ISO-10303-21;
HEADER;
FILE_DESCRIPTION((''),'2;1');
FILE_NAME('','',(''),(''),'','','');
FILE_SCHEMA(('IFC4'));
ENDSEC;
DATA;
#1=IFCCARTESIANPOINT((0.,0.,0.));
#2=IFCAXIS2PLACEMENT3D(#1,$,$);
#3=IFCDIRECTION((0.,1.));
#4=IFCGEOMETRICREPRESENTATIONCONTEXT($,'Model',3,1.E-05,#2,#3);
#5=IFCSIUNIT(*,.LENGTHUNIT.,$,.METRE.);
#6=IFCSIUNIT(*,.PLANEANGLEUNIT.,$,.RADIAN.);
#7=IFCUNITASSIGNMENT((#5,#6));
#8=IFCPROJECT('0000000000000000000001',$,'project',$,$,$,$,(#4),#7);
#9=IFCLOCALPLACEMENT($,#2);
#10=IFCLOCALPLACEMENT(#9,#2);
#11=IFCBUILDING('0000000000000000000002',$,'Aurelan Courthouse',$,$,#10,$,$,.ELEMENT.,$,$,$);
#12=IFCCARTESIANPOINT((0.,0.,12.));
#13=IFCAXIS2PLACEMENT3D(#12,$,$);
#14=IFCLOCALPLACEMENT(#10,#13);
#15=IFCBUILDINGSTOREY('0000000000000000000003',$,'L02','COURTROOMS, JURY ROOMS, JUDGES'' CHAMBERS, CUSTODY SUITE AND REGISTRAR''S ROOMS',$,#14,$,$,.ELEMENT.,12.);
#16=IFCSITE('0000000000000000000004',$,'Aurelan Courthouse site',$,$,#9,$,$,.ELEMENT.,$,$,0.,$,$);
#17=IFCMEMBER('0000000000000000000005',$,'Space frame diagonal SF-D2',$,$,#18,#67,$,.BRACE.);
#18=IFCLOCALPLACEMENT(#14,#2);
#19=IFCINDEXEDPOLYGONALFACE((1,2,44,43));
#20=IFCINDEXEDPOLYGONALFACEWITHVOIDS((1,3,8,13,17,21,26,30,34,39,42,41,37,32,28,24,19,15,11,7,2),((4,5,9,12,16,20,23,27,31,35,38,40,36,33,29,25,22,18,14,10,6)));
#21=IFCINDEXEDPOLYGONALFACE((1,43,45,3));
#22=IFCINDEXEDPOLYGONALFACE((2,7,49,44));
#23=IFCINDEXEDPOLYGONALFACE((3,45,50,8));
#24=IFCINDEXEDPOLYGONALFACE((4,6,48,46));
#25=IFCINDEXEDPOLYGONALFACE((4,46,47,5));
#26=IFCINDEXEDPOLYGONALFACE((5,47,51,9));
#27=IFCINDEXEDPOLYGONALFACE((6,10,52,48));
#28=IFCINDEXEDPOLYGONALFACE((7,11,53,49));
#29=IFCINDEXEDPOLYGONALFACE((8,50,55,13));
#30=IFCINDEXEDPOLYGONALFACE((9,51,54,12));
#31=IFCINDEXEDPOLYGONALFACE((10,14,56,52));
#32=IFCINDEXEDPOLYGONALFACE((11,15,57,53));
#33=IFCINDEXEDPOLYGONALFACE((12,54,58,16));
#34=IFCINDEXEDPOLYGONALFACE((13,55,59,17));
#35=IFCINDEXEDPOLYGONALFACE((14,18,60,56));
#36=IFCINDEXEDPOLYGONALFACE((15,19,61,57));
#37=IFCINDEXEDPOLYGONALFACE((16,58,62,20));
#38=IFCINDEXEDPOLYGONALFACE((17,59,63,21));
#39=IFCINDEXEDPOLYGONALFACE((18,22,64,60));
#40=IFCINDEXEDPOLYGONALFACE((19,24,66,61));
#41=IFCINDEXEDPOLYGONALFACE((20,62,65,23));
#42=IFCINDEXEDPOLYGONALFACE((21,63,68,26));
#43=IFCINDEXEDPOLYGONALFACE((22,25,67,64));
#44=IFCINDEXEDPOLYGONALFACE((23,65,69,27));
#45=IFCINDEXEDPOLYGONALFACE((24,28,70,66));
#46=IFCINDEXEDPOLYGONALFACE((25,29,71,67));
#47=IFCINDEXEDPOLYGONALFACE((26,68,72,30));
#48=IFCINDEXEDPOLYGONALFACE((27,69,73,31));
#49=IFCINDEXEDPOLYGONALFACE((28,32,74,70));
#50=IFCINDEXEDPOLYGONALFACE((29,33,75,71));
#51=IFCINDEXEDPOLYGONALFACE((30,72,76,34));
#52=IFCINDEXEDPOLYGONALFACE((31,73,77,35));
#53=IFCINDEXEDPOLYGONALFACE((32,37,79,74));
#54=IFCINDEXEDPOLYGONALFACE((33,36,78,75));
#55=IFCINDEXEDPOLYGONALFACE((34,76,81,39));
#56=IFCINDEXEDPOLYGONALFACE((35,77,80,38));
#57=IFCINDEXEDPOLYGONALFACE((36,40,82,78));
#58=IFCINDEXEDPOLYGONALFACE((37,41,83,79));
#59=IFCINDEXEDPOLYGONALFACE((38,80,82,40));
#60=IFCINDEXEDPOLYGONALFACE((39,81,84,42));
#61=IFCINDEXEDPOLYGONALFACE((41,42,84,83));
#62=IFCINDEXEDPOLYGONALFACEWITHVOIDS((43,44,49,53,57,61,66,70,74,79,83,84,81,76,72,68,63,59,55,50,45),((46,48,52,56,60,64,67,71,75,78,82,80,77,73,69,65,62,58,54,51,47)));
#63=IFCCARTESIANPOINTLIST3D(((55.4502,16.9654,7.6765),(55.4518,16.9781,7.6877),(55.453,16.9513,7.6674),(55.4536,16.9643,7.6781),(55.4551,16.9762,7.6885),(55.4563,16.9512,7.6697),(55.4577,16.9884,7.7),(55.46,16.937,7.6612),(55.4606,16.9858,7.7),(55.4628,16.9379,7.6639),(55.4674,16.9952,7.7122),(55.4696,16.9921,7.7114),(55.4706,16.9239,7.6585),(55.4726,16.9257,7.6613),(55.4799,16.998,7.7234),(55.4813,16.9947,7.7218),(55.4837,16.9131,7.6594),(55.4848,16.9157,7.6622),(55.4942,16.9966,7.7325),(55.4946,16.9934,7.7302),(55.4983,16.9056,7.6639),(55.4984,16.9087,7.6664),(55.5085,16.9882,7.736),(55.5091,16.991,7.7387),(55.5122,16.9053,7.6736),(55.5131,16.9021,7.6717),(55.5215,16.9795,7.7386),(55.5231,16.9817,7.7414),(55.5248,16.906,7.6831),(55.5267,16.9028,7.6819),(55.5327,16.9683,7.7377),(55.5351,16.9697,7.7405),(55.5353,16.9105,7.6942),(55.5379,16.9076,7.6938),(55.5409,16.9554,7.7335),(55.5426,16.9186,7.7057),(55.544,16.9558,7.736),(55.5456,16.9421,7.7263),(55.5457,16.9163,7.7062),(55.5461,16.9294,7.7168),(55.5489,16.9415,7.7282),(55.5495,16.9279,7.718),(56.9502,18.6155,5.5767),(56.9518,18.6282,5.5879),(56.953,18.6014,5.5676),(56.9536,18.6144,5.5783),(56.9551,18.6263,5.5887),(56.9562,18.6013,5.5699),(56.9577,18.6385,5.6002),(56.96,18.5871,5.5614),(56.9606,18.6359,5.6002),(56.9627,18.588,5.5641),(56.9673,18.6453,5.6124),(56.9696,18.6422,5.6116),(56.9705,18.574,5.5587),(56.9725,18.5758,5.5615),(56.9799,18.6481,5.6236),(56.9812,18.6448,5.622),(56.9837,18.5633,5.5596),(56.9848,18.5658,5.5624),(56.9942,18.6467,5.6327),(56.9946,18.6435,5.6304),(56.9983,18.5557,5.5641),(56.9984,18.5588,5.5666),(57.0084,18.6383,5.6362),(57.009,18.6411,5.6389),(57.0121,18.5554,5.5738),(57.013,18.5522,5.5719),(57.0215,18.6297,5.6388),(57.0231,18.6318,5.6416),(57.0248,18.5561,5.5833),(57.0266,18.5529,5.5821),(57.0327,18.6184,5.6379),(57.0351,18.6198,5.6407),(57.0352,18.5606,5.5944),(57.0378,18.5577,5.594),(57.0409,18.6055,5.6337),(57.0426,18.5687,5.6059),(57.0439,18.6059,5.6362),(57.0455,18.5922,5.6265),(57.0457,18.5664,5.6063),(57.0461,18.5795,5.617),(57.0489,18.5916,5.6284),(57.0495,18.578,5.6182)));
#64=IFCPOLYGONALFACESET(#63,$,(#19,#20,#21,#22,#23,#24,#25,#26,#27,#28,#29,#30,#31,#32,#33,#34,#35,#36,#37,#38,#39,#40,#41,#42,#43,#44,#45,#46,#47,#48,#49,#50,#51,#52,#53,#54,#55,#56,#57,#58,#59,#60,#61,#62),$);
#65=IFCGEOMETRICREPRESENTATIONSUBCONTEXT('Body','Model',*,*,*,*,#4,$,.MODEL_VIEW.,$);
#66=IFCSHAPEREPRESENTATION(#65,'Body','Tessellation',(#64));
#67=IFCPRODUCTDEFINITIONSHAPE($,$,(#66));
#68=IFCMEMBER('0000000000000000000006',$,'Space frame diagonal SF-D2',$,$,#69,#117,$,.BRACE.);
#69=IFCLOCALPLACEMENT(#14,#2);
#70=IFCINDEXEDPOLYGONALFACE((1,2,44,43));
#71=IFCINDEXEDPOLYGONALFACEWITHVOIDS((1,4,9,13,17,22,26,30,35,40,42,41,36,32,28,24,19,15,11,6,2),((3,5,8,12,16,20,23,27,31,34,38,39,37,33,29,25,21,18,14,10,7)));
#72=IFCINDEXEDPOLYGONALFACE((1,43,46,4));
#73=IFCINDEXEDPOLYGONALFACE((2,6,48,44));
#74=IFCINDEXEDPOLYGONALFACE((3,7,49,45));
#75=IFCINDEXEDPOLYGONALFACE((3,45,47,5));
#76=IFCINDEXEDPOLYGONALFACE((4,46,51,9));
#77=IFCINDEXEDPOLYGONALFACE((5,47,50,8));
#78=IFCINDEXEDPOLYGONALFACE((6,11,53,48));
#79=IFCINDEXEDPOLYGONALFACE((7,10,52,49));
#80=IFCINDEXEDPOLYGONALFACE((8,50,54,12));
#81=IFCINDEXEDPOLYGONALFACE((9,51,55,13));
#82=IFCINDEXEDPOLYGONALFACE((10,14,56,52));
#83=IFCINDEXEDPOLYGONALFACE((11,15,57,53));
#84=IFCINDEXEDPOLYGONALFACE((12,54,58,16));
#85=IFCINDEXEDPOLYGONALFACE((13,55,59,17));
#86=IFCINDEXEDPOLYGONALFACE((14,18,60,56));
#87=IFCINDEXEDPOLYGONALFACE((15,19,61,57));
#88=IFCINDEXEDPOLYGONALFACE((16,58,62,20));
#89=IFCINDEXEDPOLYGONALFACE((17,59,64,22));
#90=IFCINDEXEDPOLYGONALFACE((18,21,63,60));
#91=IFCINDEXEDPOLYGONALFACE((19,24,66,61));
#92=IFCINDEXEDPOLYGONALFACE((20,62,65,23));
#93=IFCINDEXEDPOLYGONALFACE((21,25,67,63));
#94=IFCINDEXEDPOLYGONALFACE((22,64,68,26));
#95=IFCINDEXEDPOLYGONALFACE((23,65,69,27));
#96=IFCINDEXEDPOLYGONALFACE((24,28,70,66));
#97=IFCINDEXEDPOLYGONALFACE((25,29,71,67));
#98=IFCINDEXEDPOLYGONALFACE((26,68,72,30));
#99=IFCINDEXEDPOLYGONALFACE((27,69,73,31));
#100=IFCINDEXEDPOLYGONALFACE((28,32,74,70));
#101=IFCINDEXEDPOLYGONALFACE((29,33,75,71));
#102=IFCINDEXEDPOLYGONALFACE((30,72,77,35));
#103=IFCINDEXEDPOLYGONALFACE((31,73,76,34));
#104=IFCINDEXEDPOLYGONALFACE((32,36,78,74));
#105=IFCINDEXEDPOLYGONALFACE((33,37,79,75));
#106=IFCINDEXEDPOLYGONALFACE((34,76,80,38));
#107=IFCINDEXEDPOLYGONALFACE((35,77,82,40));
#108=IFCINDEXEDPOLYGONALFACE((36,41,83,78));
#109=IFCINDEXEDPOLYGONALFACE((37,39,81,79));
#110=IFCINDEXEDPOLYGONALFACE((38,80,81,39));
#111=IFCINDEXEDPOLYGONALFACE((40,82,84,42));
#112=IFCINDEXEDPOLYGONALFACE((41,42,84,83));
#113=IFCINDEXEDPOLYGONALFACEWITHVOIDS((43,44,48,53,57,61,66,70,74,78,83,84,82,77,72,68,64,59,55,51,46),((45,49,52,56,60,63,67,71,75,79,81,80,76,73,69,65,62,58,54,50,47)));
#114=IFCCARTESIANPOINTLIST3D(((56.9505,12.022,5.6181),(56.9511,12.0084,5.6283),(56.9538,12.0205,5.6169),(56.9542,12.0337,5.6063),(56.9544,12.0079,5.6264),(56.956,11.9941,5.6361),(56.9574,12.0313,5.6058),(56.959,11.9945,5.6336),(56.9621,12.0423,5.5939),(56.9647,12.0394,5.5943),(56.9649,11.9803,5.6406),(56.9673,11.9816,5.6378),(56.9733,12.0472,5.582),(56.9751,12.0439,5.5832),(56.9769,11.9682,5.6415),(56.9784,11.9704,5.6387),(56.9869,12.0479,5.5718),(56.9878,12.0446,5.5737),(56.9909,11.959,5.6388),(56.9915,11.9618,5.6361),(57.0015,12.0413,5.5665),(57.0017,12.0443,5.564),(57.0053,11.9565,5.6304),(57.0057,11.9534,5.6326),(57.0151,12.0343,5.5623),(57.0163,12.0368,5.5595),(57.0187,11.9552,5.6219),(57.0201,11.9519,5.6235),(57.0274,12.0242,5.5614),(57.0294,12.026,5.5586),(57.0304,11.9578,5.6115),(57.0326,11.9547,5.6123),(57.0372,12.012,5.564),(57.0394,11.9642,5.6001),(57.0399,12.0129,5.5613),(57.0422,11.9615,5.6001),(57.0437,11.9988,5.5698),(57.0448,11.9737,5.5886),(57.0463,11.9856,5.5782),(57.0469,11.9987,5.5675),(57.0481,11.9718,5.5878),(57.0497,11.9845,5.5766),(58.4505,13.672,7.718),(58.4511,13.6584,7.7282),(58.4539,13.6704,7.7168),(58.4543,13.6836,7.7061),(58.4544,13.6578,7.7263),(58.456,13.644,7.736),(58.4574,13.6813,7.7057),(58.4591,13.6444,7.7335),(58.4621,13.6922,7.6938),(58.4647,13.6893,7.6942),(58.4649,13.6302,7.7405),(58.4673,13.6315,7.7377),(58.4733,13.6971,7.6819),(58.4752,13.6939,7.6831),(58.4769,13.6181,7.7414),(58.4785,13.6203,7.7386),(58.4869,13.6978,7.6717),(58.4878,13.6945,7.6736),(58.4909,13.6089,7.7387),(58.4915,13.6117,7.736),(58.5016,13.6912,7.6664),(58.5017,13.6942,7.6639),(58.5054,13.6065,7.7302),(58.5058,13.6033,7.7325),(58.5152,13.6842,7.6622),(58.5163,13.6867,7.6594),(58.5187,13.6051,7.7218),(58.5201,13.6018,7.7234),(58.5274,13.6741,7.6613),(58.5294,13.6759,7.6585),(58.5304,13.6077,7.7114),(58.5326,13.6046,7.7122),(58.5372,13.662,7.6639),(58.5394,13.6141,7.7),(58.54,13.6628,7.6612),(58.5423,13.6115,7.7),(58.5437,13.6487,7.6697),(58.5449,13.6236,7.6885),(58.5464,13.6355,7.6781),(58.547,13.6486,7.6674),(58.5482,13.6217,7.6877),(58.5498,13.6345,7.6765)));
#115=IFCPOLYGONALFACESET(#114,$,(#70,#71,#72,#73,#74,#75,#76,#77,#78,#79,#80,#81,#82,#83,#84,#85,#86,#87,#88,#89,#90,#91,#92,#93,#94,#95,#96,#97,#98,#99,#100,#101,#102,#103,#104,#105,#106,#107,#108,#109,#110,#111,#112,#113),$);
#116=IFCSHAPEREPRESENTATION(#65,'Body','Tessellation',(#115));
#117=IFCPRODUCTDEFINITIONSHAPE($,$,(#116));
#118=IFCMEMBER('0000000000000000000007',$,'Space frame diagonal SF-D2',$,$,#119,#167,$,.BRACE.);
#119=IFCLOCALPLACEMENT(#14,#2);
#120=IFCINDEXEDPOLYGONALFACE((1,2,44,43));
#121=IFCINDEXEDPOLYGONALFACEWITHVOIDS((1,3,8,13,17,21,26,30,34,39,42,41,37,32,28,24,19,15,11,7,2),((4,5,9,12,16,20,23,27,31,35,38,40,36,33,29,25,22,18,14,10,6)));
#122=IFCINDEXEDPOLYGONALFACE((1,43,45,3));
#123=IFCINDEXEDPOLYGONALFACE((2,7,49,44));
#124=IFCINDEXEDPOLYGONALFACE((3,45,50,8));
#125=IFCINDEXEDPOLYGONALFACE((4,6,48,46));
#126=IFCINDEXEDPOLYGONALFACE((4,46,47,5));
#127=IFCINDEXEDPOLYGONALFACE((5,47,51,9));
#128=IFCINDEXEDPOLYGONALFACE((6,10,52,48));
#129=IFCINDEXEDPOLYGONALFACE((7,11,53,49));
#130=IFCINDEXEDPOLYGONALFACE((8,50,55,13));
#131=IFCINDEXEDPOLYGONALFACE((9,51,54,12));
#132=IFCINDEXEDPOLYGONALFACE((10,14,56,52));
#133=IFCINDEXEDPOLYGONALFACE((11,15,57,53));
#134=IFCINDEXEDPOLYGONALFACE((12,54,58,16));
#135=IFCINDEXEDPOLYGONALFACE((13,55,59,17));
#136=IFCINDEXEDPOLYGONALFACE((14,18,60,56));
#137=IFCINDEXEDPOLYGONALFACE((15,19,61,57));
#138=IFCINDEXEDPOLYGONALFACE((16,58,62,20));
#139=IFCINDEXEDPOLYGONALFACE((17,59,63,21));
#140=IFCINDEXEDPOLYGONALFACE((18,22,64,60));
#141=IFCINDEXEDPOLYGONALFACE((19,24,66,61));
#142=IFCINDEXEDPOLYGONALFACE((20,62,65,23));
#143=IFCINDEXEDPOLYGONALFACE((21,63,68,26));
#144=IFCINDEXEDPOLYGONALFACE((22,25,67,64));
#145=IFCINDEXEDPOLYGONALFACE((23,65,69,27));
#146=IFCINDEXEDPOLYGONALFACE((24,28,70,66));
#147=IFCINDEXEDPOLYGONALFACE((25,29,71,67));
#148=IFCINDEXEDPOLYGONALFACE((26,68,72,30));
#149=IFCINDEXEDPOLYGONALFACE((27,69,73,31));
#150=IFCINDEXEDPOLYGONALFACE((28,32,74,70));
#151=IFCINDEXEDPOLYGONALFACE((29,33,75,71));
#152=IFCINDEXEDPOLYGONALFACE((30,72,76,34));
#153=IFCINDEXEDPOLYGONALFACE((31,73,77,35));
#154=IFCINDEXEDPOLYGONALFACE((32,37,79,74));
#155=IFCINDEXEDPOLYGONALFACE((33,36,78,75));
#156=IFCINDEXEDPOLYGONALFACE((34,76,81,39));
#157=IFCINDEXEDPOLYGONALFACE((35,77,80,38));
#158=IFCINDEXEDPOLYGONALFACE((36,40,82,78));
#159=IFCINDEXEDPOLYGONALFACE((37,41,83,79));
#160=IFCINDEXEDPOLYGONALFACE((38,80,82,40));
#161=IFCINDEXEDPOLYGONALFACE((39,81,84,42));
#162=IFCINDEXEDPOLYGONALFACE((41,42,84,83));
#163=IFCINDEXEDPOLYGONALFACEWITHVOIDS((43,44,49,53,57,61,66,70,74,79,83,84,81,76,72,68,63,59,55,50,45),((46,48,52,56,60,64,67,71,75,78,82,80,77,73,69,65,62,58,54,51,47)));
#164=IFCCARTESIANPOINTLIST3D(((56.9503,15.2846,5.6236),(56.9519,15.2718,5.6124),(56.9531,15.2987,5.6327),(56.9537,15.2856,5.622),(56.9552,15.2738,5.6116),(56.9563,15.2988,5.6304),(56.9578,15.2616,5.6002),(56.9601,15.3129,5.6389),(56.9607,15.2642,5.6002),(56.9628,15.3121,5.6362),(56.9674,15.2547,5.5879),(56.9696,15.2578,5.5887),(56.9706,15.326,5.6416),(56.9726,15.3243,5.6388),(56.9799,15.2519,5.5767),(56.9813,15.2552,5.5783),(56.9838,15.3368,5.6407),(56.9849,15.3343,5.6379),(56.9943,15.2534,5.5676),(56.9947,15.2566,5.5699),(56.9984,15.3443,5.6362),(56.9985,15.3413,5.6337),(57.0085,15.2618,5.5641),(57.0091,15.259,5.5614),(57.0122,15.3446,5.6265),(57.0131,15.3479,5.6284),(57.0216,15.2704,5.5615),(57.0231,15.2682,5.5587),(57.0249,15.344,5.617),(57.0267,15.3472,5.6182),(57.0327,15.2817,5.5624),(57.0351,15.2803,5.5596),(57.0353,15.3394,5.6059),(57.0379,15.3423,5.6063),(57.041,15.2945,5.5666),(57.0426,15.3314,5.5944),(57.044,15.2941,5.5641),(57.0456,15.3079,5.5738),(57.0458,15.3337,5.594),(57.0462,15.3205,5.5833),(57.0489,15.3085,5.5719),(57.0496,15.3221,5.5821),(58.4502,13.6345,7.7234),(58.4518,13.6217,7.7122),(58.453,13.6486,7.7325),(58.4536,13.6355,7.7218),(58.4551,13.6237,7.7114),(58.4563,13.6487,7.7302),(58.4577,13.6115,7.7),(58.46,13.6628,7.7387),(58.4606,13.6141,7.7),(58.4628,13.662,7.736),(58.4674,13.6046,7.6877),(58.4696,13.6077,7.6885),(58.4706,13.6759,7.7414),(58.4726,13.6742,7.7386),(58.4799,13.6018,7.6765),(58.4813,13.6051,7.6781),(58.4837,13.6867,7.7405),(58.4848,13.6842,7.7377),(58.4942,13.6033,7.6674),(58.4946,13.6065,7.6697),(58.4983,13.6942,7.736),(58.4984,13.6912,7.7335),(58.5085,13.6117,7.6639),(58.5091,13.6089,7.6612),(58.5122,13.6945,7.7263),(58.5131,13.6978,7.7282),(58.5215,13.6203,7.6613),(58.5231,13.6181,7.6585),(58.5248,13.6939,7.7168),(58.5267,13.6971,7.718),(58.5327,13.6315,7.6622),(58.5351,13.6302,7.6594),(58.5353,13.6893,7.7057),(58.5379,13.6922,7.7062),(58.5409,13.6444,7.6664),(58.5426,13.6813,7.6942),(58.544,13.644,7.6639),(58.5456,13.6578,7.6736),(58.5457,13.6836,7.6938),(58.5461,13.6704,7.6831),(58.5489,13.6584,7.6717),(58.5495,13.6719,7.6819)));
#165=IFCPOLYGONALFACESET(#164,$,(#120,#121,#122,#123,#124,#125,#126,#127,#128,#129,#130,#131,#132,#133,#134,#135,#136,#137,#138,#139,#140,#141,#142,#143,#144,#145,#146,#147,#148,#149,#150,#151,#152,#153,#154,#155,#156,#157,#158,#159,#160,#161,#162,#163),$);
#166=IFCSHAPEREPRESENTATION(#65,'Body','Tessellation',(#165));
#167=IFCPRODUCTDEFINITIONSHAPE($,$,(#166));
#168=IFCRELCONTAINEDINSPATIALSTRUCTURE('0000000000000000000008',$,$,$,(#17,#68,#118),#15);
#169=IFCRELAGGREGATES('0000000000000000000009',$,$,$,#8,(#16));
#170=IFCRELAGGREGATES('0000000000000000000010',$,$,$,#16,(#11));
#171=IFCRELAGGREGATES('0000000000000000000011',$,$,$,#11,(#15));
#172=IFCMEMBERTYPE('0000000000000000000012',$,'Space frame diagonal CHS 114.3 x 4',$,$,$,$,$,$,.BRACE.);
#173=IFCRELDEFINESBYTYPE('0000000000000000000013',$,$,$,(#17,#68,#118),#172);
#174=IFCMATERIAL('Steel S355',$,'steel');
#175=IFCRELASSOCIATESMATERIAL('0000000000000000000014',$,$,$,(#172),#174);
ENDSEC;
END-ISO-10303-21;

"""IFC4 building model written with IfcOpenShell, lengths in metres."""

from ifc_helpers import new_model, si_unit, direction, frame, origin, origin_2d, place, context, subcontext, project, spatial, hollow_circle, extrude, material, material_profile, profile_set, type_object, element, save


model = new_model("IFC4")

# Units and contexts
model_context = context("Model", 3, precision=1e-05, world=origin(), true_north=direction((0.0, 1.0)))
body_context = subcontext(model_context, "Body", "Model", "MODEL_VIEW")
ifc_project = project(units=[si_unit("LENGTHUNIT", "METRE"), si_unit("PLANEANGLEUNIT", "RADIAN")], contexts=[model_context])

# Site, building, storey
site_placement = place(None, origin())
site = spatial("IfcSite", under=ifc_project, at=site_placement, Name="Aurelan Courthouse site", CompositionType="ELEMENT", RefElevation=0.0)
building_placement = place(site_placement, origin())
building = spatial("IfcBuilding", under=site, at=building_placement, Name="Aurelan Courthouse", CompositionType="ELEMENT")
storey_placement = place(building_placement, frame((0.0, 0.0, 12.0)))
storey = spatial("IfcBuildingStorey", under=building, at=storey_placement, Name="L02", Description="COURTROOMS, JURY ROOMS, JUDGES' CHAMBERS, CUSTODY SUITE AND REGISTRAR'S ROOMS", CompositionType="ELEMENT", Elevation=12.0)

# Members
ifc_material_1 = material(Name="Steel S355", Category="steel")
ifc_material_profile_1 = material_profile(ifc_material_1, hollow_circle(Radius=0.0571, WallThickness=0.0039, at=origin_2d()), Name="CHS 114.3 x 4")
ifc_profile_set_1 = profile_set([ifc_material_profile_1], Name="Steel S355")
member_type_1 = type_object("IfcMemberType", Name="Space frame diagonal CHS 114.3 x 4", PredefinedType="BRACE", material=ifc_profile_set_1)
for number, where, z_axis, x_axis, name in (
    (1, (55.5, 16.95, 7.7), (0.489706, 0.538724, -0.68554), (-0.73997, 0.67264, 0.0), "Space frame diagonal SF-D2"),
    (2, (58.5, 13.6499, 7.7), (-0.489727, -0.538667, -0.685569), (0.73992, -0.672695, 0.0), "Space frame diagonal SF-D2"),
    (3, (58.5, 13.6499, 7.7), (-0.489706, 0.538724, -0.68554), (-0.73997, -0.67264, 0.0), "Space frame diagonal SF-D2"),
):
    element("IfcMember", number, at=place(storey_placement, frame(where, z_axis=z_axis, x_axis=x_axis)), inside=storey, type_object=member_type_1, Name=name, PredefinedType="BRACE", context=body_context, shape_type="SweptSolid", body=[
        extrude(hollow_circle(Radius=0.0571, WallThickness=0.0039, at=origin_2d()), origin(), (0.0, 0.0, 1.0), 3.063),
    ])

save(model, "model.ifc")
